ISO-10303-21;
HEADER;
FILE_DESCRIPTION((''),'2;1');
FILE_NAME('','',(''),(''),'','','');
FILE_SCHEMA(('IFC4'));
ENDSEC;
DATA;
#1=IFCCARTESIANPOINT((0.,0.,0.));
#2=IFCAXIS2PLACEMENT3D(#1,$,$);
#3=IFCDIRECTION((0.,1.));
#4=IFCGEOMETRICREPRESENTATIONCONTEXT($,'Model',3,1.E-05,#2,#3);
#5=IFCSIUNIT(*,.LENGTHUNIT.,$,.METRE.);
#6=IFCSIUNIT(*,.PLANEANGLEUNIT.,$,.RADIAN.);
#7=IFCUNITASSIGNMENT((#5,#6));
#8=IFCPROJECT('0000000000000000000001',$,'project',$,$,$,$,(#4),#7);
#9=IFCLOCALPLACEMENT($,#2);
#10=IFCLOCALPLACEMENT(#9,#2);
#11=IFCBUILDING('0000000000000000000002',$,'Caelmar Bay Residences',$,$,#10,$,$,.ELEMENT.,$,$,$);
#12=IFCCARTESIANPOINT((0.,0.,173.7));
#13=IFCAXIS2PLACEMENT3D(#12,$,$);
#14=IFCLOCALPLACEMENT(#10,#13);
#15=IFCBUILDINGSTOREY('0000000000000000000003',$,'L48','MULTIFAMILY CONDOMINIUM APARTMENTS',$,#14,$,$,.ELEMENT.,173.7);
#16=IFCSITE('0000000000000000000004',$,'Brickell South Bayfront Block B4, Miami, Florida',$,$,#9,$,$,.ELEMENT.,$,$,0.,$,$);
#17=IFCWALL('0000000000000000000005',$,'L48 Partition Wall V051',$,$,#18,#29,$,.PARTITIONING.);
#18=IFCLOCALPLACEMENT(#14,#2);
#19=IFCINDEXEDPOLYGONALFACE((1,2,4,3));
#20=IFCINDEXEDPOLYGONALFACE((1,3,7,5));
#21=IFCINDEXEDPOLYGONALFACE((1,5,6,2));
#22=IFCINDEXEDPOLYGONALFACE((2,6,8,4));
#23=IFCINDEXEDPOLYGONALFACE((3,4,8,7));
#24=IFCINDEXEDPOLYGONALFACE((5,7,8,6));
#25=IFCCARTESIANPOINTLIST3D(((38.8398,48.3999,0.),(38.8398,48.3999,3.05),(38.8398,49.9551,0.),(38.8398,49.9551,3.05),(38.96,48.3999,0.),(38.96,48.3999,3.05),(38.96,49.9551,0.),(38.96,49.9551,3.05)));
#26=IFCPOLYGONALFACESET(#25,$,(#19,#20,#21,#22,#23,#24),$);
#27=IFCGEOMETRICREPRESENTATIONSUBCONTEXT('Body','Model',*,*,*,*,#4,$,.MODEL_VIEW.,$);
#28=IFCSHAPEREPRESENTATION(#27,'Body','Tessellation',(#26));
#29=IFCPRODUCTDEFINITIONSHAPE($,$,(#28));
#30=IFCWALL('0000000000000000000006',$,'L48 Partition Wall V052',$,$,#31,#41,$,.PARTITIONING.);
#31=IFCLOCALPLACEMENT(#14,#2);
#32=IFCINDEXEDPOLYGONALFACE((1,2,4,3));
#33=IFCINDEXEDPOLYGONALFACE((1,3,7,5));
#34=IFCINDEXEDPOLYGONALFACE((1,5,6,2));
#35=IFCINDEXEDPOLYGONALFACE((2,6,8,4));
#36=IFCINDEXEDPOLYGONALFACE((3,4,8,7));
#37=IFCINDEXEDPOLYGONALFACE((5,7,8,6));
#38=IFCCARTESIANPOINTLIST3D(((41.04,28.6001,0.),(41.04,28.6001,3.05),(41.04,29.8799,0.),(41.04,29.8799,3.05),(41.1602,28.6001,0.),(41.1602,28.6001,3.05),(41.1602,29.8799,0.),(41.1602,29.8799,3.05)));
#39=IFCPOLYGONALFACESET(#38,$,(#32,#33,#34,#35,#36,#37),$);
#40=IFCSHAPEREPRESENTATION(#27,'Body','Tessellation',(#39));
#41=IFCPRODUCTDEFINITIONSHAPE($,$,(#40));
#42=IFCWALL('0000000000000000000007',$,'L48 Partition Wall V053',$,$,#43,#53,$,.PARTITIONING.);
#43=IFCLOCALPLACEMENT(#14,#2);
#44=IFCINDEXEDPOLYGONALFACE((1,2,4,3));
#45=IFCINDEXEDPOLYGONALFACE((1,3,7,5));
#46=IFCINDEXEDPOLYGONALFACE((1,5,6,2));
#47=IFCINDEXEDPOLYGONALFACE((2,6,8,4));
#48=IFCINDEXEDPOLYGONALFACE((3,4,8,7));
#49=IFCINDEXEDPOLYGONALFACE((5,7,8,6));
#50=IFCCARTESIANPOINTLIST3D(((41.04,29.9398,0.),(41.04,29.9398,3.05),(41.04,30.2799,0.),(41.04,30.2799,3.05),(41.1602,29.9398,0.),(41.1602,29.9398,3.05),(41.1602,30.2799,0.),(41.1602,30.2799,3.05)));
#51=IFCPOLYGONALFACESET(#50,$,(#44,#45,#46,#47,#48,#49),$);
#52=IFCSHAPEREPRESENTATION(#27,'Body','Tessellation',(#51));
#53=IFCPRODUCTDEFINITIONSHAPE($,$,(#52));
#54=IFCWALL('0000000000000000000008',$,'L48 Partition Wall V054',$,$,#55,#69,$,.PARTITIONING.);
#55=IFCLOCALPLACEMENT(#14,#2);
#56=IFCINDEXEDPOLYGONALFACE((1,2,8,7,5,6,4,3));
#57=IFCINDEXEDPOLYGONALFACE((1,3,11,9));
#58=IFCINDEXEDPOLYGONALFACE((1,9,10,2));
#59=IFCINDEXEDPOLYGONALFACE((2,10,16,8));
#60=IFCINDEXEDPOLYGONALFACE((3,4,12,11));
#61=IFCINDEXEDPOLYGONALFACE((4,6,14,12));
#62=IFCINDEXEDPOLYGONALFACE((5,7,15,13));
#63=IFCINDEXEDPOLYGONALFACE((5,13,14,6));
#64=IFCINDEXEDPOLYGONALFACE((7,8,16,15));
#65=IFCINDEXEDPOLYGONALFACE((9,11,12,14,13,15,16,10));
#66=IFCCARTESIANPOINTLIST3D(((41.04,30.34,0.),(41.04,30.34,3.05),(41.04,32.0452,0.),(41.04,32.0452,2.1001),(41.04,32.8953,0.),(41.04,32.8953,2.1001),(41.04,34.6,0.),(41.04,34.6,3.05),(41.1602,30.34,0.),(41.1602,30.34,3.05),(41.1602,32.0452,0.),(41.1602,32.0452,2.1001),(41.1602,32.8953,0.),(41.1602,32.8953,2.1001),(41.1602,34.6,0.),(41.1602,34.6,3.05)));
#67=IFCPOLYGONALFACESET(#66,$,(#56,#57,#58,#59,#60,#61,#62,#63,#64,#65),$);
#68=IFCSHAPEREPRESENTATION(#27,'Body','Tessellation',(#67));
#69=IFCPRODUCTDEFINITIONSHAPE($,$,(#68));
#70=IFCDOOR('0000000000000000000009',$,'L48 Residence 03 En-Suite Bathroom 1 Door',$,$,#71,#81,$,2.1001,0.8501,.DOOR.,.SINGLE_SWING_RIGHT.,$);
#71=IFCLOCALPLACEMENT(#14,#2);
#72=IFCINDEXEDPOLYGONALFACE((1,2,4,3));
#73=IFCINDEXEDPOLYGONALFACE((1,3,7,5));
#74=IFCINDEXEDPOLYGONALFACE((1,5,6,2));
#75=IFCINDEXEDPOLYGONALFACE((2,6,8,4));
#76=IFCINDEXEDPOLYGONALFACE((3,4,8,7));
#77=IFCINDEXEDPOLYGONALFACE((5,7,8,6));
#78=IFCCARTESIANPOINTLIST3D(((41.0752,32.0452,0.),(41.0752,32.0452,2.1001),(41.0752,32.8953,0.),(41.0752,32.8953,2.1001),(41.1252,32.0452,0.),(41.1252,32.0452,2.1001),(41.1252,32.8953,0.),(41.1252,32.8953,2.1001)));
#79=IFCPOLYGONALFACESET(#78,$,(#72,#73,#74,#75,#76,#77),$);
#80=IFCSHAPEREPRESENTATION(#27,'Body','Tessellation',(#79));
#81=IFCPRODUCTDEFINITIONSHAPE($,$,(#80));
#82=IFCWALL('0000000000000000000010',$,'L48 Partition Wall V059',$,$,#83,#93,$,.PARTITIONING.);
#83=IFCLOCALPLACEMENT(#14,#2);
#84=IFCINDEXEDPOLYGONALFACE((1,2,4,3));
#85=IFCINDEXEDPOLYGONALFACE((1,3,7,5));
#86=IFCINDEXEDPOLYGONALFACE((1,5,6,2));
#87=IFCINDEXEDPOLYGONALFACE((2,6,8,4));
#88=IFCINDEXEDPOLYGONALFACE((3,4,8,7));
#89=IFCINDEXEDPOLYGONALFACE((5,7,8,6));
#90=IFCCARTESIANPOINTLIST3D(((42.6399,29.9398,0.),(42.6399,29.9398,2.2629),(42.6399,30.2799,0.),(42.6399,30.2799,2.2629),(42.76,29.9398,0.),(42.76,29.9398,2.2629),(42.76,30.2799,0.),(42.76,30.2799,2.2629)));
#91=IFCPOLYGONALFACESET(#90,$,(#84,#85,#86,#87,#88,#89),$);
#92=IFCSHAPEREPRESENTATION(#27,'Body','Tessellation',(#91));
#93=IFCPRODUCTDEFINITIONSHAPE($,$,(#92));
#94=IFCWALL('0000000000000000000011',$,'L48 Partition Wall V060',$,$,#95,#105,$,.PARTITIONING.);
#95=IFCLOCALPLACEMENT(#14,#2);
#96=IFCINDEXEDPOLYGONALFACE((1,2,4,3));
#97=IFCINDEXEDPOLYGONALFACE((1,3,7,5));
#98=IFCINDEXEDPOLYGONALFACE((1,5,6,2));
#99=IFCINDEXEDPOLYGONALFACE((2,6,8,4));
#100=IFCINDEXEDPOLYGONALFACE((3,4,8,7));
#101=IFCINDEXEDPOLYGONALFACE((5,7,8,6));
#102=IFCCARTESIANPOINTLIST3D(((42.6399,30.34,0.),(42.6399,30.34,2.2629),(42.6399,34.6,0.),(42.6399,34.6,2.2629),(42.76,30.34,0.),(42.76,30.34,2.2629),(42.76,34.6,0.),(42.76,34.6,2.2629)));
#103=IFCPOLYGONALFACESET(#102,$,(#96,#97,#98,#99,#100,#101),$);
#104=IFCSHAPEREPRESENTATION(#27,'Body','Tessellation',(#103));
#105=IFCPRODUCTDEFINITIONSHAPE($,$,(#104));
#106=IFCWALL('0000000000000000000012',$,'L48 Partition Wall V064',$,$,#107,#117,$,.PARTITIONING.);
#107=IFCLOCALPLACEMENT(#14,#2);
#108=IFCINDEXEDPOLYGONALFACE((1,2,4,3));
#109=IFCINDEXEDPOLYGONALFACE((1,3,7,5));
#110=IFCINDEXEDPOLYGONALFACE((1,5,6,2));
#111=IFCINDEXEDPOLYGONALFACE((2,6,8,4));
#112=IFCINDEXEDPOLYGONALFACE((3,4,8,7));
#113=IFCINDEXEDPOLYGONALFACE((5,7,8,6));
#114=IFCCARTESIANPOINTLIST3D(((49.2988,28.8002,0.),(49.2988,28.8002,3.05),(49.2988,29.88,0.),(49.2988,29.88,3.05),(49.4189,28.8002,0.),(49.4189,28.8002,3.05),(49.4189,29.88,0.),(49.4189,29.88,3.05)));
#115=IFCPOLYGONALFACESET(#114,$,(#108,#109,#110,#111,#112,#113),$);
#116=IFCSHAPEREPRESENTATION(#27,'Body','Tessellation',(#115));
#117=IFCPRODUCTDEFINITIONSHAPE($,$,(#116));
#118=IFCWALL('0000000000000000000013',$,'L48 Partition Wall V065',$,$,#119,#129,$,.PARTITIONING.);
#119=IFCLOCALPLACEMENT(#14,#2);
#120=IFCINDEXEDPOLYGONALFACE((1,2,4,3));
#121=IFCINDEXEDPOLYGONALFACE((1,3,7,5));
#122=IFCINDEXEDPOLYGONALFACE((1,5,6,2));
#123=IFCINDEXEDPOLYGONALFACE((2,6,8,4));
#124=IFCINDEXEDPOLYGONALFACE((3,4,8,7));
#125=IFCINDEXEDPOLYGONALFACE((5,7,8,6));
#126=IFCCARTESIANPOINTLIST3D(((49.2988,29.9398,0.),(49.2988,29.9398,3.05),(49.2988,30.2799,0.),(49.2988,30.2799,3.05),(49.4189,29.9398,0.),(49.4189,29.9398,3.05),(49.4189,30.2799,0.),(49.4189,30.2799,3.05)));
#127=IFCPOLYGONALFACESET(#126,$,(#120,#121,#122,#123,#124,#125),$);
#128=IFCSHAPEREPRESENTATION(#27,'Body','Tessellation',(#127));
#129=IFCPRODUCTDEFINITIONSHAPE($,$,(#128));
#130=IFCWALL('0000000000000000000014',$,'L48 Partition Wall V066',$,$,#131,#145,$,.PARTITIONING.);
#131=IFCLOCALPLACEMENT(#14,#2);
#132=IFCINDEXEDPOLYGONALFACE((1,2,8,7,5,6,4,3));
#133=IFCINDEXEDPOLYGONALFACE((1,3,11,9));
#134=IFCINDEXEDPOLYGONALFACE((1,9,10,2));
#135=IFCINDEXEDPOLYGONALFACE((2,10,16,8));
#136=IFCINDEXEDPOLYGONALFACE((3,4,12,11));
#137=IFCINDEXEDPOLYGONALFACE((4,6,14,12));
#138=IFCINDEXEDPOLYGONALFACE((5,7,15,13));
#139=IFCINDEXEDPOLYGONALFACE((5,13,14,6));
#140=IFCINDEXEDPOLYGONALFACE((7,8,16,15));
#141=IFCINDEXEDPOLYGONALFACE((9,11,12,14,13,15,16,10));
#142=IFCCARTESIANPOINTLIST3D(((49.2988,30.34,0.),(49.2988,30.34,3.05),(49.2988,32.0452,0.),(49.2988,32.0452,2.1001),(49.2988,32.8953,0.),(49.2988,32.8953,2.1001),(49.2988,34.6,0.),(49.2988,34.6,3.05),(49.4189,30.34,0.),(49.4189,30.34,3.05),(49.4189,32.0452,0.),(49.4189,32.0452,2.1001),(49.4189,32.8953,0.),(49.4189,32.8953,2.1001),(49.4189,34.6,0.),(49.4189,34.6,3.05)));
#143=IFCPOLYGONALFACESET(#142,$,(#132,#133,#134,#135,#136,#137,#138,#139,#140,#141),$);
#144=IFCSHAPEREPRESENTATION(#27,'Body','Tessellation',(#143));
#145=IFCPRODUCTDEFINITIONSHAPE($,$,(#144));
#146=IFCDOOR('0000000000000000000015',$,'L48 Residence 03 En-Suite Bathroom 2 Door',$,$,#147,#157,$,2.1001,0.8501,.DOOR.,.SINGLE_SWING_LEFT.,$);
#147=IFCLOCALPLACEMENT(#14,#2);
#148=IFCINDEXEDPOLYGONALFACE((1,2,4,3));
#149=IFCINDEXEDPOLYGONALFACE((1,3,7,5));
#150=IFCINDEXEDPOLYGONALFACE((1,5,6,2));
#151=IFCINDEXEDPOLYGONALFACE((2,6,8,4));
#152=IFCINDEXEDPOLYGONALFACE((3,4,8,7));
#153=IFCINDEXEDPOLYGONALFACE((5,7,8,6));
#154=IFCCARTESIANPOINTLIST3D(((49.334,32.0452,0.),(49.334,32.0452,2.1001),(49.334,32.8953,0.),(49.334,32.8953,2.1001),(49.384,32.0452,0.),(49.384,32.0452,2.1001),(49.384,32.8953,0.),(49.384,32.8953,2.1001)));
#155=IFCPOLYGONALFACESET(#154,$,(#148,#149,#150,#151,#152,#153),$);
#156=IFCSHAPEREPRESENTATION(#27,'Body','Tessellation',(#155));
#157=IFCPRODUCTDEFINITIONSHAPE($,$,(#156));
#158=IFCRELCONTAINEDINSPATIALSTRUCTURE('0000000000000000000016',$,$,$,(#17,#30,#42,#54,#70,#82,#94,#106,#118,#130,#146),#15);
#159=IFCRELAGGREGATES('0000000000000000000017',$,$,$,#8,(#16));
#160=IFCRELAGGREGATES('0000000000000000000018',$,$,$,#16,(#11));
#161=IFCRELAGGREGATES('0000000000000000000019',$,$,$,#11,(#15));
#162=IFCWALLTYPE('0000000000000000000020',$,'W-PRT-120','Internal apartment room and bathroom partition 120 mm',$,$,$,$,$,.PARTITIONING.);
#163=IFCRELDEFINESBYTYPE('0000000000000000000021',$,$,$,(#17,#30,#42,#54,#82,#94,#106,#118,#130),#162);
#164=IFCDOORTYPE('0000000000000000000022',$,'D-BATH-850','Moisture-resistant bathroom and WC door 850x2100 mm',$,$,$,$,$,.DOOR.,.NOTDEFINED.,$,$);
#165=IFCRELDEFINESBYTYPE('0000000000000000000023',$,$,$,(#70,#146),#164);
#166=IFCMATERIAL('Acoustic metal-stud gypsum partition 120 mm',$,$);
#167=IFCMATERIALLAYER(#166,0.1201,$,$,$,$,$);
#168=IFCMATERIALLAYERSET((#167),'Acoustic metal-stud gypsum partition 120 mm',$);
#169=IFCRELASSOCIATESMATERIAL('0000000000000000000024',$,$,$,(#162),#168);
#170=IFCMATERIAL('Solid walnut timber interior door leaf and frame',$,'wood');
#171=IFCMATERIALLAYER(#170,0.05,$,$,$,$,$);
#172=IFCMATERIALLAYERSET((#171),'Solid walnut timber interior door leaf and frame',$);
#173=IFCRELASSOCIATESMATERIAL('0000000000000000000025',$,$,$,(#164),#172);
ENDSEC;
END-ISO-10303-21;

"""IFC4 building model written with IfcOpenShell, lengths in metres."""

from ifc_helpers import new_model, si_unit, direction, frame, frame_2d, origin, place, context, subcontext, project, spatial, rectangle, extrude, material, layer, layer_set, type_object, element, fill, save


model = new_model("IFC4")

# Units and contexts
model_context = context("Model", 3, precision=1e-05, world=origin(), true_north=direction((0.0, 1.0)))
body_context = subcontext(model_context, "Body", "Model", "MODEL_VIEW")
ifc_project = project(units=[si_unit("LENGTHUNIT", "METRE"), si_unit("PLANEANGLEUNIT", "RADIAN")], contexts=[model_context])

# Site, building, storey
site_placement = place(None, origin())
site = spatial("IfcSite", under=ifc_project, at=site_placement, Name="Brickell South Bayfront Block B4, Miami, Florida", CompositionType="ELEMENT", RefElevation=0.0)
building_placement = place(site_placement, origin())
building = spatial("IfcBuilding", under=site, at=building_placement, Name="Caelmar Bay Residences", CompositionType="ELEMENT")
storey_placement = place(building_placement, frame((0.0, 0.0, 173.7)))
storey = spatial("IfcBuildingStorey", under=building, at=storey_placement, Name="L48", Description="MULTIFAMILY CONDOMINIUM APARTMENTS", CompositionType="ELEMENT", Elevation=173.7)

# Walls
ifc_material_1 = material(Name="Acoustic metal-stud gypsum partition 120 mm")
ifc_layer_1 = layer(ifc_material_1, 0.1201)
ifc_layer_set_1 = layer_set([ifc_layer_1], Name="Acoustic metal-stud gypsum partition 120 mm")
wall_type_1 = type_object("IfcWallType", Name="W-PRT-120", Description="Internal apartment room and bathroom partition 120 mm", PredefinedType="PARTITIONING", material=ifc_layer_set_1)
wall_1_placement = place(storey_placement, frame((38.8999, 48.3999, 0.0), z_axis=(0.0, 0.0, 1.0), x_axis=(0.0, 1.0, 0.0)))
element("IfcWall", 1, at=wall_1_placement, inside=storey, type_object=wall_type_1, Name="L48 Partition Wall V051", PredefinedType="PARTITIONING", context=body_context, shape_type="SweptSolid", body=[
    extrude(rectangle(XDim=1.5552, YDim=0.1201, at=frame_2d((0.7776, 0.0))), origin(), (0.0, 0.0, 1.0), 3.05),
])
wall_2_placement = place(storey_placement, frame((41.1001, 28.6001, 0.0), z_axis=(0.0, 0.0, 1.0), x_axis=(0.0, 1.0, 0.0)))
element("IfcWall", 2, at=wall_2_placement, inside=storey, type_object=wall_type_1, Name="L48 Partition Wall V052", PredefinedType="PARTITIONING", context=body_context, shape_type="SweptSolid", body=[
    extrude(rectangle(XDim=1.2798, YDim=0.1201, at=frame_2d((0.6399, 0.0))), origin(), (0.0, 0.0, 1.0), 3.05),
])
wall_3_placement = place(storey_placement, frame((41.1001, 29.9399, 0.0), z_axis=(0.0, 0.0, 1.0), x_axis=(0.0, 1.0, 0.0)))
element("IfcWall", 3, at=wall_3_placement, inside=storey, type_object=wall_type_1, Name="L48 Partition Wall V053", PredefinedType="PARTITIONING", context=body_context, shape_type="SweptSolid", body=[
    extrude(rectangle(XDim=0.3401, YDim=0.1201, at=frame_2d((0.1699, 0.0))), origin(), (0.0, 0.0, 1.0), 3.05),
])

# Wall, opening, door
wall_4_placement = place(storey_placement, frame((41.1001, 30.3401, 0.0), z_axis=(0.0, 0.0, 1.0), x_axis=(0.0, 1.0, 0.0)))
wall_4 = element("IfcWall", 4, at=wall_4_placement, inside=storey, type_object=wall_type_1, Name="L48 Partition Wall V054", PredefinedType="PARTITIONING", context=body_context, shape_type="SweptSolid", body=[
    extrude(rectangle(XDim=4.26, YDim=0.1201, at=frame_2d((2.1299, 0.0))), origin(), (0.0, 0.0, 1.0), 3.05),
])
opening_1_placement = place(wall_4_placement, frame((1.7051, 0.0, 0.0)))
opening_1 = element("IfcOpeningElement", 5, at=opening_1_placement, cuts=wall_4, PredefinedType="OPENING", context=body_context, shape_type="SweptSolid", body=[
    extrude(rectangle(XDim=0.8501, YDim=2.1001, at=frame_2d((0.425, 1.05))), frame((0.0, 0.0701, 0.0), z_axis=(0.0, -1.0, 0.0), x_axis=(1.0, 0.0, 0.0)), (0.0, 0.0, 1.0), 0.1401),
])
ifc_material_2 = material(Name="Solid walnut timber interior door leaf and frame", Category="wood")
ifc_layer_2 = layer(ifc_material_2, 0.05)
ifc_layer_set_2 = layer_set([ifc_layer_2], Name="Solid walnut timber interior door leaf and frame")
door_type_1 = type_object("IfcDoorType", Name="D-BATH-850", Description="Moisture-resistant bathroom and WC door 850x2100 mm", OperationType="NOTDEFINED", PredefinedType="DOOR", material=ifc_layer_set_2)
door_1_placement = place(opening_1_placement, origin())
door_1 = element("IfcDoor", 6, at=door_1_placement, inside=storey, type_object=door_type_1, Name="L48 Residence 03 En-Suite Bathroom 1 Door", OperationType="SINGLE_SWING_RIGHT", OverallHeight=2.1001, OverallWidth=0.8501, PredefinedType="DOOR", context=body_context, shape_type="SweptSolid", body=[
    extrude(rectangle(XDim=0.8501, YDim=2.1001, at=frame_2d((0.425, 1.05))), frame((0.0, 0.0249, 0.0), z_axis=(0.0, -1.0, 0.0), x_axis=(1.0, 0.0, 0.0)), (0.0, 0.0, 1.0), 0.05),
])
fill(opening_1, door_1)

# Walls
wall_5_placement = place(storey_placement, frame((42.7, 29.9399, 0.0), z_axis=(0.0, 0.0, 1.0), x_axis=(0.0, 1.0, 0.0)))
element("IfcWall", 7, at=wall_5_placement, inside=storey, type_object=wall_type_1, Name="L48 Partition Wall V059", PredefinedType="PARTITIONING", context=body_context, shape_type="SweptSolid", body=[
    extrude(rectangle(XDim=0.3401, YDim=0.1201, at=frame_2d((0.1699, 0.0))), origin(), (0.0, 0.0, 1.0), 2.2629),
])
wall_6_placement = place(storey_placement, frame((42.7, 30.3401, 0.0), z_axis=(0.0, 0.0, 1.0), x_axis=(0.0, 1.0, 0.0)))
element("IfcWall", 8, at=wall_6_placement, inside=storey, type_object=wall_type_1, Name="L48 Partition Wall V060", PredefinedType="PARTITIONING", context=body_context, shape_type="SweptSolid", body=[
    extrude(rectangle(XDim=4.26, YDim=0.1201, at=frame_2d((2.1299, 0.0))), origin(), (0.0, 0.0, 1.0), 2.2629),
])
wall_7_placement = place(storey_placement, frame((49.3589, 28.8, 0.0), z_axis=(0.0, 0.0, 1.0), x_axis=(0.0, 1.0, 0.0)))
element("IfcWall", 9, at=wall_7_placement, inside=storey, type_object=wall_type_1, Name="L48 Partition Wall V064", PredefinedType="PARTITIONING", context=body_context, shape_type="SweptSolid", body=[
    extrude(rectangle(XDim=1.0798, YDim=0.1201, at=frame_2d((0.54, 0.0))), origin(), (0.0, 0.0, 1.0), 3.05),
])
wall_8_placement = place(storey_placement, frame((49.3589, 29.9399, 0.0), z_axis=(0.0, 0.0, 1.0), x_axis=(0.0, 1.0, 0.0)))
element("IfcWall", 10, at=wall_8_placement, inside=storey, type_object=wall_type_1, Name="L48 Partition Wall V065", PredefinedType="PARTITIONING", context=body_context, shape_type="SweptSolid", body=[
    extrude(rectangle(XDim=0.3401, YDim=0.1201, at=frame_2d((0.1699, 0.0))), origin(), (0.0, 0.0, 1.0), 3.05),
])

# Wall, opening, door
wall_9_placement = place(storey_placement, frame((49.3589, 30.3401, 0.0), z_axis=(0.0, 0.0, 1.0), x_axis=(0.0, 1.0, 0.0)))
wall_9 = element("IfcWall", 11, at=wall_9_placement, inside=storey, type_object=wall_type_1, Name="L48 Partition Wall V066", PredefinedType="PARTITIONING", context=body_context, shape_type="SweptSolid", body=[
    extrude(rectangle(XDim=4.26, YDim=0.1201, at=frame_2d((2.1299, 0.0))), origin(), (0.0, 0.0, 1.0), 3.05),
])
opening_2_placement = place(wall_9_placement, frame((1.7051, 0.0, 0.0)))
opening_2 = element("IfcOpeningElement", 12, at=opening_2_placement, cuts=wall_9, PredefinedType="OPENING", context=body_context, shape_type="SweptSolid", body=[
    extrude(rectangle(XDim=0.8501, YDim=2.1001, at=frame_2d((0.425, 1.05))), frame((0.0, 0.0701, 0.0), z_axis=(0.0, -1.0, 0.0), x_axis=(1.0, 0.0, 0.0)), (0.0, 0.0, 1.0), 0.1401),
])
door_2_placement = place(opening_2_placement, origin())
door_2 = element("IfcDoor", 13, at=door_2_placement, inside=storey, type_object=door_type_1, Name="L48 Residence 03 En-Suite Bathroom 2 Door", OperationType="SINGLE_SWING_LEFT", OverallHeight=2.1001, OverallWidth=0.8501, PredefinedType="DOOR", context=body_context, shape_type="SweptSolid", body=[
    extrude(rectangle(XDim=0.8501, YDim=2.1001, at=frame_2d((0.425, 1.05))), frame((0.0, 0.0249, 0.0), z_axis=(0.0, -1.0, 0.0), x_axis=(1.0, 0.0, 0.0)), (0.0, 0.0, 1.0), 0.05),
])
fill(opening_2, door_2)

save(model, "model.ifc")
